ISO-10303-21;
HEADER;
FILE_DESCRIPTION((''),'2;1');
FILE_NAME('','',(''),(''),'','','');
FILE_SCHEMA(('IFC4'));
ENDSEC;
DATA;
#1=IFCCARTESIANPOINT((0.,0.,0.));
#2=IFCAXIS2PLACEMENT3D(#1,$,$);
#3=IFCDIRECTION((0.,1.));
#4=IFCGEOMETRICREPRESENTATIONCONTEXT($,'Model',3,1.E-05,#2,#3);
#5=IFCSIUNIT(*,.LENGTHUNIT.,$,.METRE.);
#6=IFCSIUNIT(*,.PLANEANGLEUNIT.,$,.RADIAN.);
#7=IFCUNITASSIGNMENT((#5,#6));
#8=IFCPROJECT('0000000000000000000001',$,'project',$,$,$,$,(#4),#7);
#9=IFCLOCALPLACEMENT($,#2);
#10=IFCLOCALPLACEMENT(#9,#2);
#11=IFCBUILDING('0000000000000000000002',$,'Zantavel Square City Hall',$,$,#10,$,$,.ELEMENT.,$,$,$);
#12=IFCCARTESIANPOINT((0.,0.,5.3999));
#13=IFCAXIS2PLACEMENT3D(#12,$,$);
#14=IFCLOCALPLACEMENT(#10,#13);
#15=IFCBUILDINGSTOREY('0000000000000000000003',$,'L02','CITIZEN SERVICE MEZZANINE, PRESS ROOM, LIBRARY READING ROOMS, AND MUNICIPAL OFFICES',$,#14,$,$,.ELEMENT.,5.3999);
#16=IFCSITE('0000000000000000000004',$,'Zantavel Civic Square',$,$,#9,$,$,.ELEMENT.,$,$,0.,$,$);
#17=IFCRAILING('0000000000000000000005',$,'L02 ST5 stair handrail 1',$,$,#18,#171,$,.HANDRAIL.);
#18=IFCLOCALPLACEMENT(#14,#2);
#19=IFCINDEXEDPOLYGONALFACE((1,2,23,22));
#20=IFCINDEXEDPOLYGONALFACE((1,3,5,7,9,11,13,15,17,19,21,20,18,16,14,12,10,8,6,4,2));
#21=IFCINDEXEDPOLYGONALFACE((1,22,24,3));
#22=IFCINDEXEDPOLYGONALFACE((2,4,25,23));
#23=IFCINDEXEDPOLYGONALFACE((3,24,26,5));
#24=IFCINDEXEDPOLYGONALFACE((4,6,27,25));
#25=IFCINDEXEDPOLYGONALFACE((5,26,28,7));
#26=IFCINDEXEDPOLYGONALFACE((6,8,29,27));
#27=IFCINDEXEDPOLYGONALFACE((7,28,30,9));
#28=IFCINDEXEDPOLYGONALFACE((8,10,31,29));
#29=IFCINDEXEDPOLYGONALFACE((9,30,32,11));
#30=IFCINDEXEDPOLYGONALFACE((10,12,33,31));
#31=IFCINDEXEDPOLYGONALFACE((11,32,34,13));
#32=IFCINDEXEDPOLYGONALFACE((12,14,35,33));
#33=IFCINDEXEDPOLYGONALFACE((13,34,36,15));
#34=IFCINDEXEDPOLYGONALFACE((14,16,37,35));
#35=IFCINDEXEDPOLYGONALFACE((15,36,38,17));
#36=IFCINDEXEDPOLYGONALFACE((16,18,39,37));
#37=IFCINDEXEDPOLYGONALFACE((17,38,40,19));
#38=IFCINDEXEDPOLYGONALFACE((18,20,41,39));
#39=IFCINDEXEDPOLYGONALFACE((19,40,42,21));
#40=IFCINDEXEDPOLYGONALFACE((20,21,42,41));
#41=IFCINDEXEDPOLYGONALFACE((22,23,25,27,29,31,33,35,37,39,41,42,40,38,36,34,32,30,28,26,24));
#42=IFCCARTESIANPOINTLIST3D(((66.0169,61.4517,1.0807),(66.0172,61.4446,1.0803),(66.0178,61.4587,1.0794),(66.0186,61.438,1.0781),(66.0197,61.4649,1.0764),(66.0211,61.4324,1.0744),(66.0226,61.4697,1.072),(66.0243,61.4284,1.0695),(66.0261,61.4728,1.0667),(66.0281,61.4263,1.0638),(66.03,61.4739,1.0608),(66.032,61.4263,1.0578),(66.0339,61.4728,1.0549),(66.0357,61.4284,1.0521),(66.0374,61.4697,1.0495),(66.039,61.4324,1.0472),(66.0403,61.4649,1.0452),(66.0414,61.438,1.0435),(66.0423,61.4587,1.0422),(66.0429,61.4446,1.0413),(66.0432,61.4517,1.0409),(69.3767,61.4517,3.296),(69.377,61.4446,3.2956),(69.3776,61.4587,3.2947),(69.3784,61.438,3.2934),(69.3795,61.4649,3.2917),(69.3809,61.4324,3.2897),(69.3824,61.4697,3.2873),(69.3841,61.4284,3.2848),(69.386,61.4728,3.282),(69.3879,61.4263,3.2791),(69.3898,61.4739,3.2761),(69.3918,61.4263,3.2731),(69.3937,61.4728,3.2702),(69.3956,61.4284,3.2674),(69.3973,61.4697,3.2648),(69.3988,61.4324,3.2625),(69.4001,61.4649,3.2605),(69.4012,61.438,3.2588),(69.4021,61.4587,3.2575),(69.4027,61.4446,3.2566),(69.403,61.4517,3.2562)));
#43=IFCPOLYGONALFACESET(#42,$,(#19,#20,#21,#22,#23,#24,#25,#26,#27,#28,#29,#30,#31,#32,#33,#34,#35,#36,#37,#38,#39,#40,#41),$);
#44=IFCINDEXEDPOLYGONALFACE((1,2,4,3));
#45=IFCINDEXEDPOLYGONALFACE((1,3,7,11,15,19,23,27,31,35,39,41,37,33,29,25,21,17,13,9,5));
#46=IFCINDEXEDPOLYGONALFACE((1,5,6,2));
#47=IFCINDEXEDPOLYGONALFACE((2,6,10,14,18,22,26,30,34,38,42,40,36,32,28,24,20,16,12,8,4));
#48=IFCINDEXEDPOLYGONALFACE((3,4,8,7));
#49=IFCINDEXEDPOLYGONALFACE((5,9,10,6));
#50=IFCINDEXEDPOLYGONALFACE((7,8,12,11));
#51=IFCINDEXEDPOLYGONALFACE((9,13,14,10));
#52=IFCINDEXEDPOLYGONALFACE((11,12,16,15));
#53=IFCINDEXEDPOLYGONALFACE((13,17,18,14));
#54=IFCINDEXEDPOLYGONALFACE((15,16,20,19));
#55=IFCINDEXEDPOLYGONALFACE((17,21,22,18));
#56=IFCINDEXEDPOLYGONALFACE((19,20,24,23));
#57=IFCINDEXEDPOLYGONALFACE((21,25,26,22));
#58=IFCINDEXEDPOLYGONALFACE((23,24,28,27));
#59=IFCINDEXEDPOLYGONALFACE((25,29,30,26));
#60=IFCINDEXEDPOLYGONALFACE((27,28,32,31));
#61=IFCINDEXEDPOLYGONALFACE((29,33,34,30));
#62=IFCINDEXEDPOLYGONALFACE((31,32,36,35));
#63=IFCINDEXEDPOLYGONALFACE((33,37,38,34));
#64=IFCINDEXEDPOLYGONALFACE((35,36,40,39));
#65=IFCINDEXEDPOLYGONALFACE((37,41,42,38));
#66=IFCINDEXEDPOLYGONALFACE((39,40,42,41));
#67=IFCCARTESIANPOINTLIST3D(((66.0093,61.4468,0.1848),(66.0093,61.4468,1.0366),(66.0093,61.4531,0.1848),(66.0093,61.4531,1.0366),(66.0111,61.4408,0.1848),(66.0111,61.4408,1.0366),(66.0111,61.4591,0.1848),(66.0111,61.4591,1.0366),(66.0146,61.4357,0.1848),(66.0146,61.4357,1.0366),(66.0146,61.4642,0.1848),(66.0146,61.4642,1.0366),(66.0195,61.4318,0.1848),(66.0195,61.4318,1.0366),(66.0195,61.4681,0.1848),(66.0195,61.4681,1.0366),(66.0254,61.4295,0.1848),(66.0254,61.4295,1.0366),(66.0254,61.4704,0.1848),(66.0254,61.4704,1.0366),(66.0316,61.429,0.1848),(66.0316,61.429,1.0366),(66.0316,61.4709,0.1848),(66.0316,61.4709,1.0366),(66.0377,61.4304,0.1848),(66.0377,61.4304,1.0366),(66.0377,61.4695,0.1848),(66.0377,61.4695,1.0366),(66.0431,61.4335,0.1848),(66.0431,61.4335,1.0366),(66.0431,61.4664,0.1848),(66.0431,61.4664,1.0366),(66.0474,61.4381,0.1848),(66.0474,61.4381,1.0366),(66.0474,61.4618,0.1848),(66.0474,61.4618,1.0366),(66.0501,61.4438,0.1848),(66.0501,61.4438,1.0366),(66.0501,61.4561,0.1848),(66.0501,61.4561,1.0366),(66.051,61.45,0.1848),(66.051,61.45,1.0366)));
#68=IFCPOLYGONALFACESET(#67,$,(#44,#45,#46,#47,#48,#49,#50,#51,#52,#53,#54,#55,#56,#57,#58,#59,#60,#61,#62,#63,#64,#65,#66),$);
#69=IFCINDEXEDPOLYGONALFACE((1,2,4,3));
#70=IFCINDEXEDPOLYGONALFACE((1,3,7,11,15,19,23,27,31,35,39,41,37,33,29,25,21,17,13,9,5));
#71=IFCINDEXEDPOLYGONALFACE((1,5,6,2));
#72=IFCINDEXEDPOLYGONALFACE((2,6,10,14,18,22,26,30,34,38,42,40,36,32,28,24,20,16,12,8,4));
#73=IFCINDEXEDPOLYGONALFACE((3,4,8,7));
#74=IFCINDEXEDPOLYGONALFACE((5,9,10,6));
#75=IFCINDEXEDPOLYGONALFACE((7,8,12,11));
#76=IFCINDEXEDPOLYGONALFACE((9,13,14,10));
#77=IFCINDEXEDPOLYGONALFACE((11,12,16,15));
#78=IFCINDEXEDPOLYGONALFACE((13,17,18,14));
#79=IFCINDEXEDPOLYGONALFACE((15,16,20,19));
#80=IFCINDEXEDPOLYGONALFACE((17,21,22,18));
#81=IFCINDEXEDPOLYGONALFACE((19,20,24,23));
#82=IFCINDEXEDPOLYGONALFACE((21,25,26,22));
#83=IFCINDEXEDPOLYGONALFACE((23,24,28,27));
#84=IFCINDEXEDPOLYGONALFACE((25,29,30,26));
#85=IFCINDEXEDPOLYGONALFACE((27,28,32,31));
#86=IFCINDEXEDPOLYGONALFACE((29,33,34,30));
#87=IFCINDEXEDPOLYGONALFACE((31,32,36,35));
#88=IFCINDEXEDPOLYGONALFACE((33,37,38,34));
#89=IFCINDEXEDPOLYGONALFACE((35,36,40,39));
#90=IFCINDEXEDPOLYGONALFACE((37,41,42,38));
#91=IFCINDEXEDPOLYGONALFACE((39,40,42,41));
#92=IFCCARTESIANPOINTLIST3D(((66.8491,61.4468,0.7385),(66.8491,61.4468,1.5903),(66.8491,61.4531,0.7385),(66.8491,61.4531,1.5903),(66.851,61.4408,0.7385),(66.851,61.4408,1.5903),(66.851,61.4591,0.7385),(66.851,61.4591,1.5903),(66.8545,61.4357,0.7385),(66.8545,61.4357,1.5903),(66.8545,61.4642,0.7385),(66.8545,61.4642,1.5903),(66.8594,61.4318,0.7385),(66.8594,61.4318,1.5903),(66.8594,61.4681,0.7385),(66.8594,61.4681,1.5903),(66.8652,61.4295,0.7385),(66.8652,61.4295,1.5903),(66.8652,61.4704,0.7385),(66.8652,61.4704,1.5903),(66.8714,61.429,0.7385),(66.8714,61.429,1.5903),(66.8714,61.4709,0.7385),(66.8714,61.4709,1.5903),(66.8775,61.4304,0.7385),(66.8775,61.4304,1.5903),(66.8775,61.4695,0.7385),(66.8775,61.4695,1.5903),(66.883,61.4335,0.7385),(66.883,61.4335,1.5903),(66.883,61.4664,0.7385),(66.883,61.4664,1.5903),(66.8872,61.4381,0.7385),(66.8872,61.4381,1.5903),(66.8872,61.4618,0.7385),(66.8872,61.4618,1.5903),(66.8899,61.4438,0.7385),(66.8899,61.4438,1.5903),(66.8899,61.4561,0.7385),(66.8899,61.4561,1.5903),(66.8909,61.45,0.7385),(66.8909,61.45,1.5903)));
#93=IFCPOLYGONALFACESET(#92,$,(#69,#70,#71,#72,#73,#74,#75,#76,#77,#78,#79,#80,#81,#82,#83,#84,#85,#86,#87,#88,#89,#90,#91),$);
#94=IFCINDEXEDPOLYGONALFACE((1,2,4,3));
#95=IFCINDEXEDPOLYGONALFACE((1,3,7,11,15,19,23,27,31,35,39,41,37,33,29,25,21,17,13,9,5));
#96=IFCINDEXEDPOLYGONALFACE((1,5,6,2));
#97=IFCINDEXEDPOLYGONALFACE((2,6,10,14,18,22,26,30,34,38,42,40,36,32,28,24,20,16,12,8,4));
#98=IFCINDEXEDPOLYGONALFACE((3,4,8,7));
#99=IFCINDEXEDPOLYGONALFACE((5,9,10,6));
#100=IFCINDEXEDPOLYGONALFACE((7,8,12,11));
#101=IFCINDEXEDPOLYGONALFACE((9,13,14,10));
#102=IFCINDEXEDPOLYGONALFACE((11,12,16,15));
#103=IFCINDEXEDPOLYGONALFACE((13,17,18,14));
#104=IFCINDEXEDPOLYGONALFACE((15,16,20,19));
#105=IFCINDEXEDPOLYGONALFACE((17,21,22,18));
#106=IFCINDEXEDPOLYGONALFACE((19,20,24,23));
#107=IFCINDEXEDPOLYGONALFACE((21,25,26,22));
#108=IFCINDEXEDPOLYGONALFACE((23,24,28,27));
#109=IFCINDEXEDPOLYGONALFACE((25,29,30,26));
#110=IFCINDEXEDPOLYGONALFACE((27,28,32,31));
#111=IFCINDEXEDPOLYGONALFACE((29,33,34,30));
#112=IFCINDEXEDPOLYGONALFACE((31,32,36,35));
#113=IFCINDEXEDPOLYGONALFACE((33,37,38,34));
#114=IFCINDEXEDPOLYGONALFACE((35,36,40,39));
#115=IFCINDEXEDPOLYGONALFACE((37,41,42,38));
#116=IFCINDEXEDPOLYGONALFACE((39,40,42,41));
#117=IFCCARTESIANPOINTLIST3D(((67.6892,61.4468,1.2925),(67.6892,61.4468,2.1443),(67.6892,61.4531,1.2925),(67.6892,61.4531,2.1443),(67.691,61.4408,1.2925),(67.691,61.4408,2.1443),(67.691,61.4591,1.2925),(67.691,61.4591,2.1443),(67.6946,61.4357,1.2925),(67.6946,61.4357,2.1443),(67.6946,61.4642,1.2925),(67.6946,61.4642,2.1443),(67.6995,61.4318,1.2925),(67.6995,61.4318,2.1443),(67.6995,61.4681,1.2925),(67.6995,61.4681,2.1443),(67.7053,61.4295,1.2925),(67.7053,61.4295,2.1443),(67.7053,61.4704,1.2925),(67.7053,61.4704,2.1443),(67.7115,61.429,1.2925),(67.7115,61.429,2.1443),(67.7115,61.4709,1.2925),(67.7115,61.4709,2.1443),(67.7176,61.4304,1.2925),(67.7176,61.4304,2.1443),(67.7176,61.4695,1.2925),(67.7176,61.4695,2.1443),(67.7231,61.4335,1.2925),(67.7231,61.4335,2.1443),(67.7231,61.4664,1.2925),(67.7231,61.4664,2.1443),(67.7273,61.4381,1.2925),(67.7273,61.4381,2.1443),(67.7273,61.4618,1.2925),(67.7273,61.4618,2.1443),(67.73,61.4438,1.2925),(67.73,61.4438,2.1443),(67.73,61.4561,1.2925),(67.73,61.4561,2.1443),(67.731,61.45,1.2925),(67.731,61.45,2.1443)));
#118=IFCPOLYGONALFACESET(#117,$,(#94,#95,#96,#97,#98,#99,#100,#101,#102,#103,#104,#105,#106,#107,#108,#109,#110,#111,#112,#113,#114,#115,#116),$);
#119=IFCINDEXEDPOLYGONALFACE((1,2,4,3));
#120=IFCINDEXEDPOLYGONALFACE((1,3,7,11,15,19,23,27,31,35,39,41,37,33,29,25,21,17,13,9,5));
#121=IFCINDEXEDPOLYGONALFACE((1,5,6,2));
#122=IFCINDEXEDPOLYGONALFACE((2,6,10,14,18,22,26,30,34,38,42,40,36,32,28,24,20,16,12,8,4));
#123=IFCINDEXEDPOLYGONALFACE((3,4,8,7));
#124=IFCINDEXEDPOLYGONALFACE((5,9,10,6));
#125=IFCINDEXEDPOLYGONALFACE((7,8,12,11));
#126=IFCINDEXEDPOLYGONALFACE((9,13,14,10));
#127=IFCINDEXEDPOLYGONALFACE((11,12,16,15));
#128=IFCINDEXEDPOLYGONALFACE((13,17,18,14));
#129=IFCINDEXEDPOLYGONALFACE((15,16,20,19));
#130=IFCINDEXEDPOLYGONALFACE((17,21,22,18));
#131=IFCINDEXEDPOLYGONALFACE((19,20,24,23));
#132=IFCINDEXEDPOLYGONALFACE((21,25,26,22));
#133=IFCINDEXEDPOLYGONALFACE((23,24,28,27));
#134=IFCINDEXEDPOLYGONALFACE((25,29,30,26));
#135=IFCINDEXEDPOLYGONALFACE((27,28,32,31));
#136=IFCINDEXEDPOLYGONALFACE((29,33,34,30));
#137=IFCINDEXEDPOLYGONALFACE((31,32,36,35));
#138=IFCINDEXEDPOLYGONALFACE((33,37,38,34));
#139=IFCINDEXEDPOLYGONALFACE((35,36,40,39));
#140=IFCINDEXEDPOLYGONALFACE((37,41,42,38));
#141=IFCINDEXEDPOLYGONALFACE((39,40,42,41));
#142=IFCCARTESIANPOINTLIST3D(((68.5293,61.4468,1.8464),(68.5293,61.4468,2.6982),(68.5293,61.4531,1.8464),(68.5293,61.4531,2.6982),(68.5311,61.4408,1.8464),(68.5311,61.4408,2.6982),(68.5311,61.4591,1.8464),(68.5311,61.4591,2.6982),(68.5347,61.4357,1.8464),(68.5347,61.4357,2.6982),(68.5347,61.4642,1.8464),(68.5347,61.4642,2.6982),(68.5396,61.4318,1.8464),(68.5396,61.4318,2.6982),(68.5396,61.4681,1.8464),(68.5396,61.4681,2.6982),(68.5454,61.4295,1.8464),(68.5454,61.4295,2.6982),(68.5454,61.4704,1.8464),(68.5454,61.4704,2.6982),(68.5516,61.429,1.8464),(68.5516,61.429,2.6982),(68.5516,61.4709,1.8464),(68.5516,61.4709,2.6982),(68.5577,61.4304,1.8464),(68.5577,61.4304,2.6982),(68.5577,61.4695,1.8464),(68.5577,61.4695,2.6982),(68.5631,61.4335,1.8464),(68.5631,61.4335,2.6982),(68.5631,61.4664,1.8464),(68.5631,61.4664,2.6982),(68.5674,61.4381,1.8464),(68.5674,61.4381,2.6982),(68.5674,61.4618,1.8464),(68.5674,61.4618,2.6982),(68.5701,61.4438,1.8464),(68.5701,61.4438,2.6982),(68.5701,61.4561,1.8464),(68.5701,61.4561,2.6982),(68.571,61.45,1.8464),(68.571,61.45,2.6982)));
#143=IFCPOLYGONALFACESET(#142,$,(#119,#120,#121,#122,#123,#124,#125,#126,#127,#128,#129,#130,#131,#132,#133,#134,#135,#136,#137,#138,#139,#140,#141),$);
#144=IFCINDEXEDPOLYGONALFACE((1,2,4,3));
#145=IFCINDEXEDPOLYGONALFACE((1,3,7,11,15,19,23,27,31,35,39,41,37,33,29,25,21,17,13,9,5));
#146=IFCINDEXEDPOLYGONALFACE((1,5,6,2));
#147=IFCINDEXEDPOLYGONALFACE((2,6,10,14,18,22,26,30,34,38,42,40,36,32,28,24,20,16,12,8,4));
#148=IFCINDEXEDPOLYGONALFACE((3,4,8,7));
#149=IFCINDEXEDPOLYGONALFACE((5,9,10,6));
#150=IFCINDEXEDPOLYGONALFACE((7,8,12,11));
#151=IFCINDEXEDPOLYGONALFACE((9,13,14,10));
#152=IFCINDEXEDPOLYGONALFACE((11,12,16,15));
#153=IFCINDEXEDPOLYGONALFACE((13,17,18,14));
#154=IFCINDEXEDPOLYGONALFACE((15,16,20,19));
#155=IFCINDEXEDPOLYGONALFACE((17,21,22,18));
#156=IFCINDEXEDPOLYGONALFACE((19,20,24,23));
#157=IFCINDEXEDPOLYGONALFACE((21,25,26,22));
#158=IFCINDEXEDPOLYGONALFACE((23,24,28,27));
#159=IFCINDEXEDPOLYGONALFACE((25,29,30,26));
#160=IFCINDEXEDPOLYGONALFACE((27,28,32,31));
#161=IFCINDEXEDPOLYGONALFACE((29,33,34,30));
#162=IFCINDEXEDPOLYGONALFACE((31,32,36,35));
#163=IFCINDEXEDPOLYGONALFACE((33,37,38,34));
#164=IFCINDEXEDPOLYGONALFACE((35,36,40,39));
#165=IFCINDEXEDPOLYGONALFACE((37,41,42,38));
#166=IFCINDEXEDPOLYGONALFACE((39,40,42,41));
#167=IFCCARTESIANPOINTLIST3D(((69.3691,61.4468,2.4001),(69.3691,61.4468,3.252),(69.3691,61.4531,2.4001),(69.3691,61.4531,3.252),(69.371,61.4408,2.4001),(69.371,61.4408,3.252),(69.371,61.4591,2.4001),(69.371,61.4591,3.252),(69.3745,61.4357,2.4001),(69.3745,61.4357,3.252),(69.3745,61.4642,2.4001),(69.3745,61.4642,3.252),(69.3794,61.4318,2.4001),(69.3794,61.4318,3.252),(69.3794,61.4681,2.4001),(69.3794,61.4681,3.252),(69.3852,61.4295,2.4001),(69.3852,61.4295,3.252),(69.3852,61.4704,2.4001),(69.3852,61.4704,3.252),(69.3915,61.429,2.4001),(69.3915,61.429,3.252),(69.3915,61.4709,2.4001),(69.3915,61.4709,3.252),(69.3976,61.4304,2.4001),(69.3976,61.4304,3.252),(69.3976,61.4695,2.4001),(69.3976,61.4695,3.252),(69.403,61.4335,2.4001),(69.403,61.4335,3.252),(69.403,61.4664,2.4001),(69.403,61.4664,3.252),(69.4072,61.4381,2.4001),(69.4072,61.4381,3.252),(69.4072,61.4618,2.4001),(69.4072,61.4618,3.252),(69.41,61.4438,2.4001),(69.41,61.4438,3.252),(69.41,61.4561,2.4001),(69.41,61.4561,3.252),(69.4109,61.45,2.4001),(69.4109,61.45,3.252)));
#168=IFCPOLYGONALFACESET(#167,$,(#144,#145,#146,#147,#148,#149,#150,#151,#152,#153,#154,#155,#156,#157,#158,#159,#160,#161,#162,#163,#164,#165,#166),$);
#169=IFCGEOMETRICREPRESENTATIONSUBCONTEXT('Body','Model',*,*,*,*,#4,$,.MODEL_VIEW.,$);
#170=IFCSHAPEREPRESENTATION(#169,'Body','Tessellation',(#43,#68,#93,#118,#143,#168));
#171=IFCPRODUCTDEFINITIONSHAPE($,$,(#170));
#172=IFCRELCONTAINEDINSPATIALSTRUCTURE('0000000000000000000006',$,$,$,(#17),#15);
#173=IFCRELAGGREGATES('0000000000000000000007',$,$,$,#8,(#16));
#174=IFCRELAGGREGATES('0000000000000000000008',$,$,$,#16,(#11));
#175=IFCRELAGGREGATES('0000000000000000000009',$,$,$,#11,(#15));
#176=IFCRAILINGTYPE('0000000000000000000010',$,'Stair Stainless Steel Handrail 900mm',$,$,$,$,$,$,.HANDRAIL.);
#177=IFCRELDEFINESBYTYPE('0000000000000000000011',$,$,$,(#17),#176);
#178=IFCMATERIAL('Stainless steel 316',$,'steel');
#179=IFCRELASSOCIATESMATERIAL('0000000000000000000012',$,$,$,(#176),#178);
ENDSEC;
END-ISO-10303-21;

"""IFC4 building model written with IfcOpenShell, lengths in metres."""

from ifc_helpers import new_model, si_unit, direction, frame, origin, origin_2d, place, context, subcontext, project, spatial, circle, extrude, material, type_object, element, save


model = new_model("IFC4")

# Units and contexts
model_context = context("Model", 3, precision=1e-05, world=origin(), true_north=direction((0.0, 1.0)))
body_context = subcontext(model_context, "Body", "Model", "MODEL_VIEW")
ifc_project = project(units=[si_unit("LENGTHUNIT", "METRE"), si_unit("PLANEANGLEUNIT", "RADIAN")], contexts=[model_context])

# Site, building, storey
site_placement = place(None, origin())
site = spatial("IfcSite", under=ifc_project, at=site_placement, Name="Zantavel Civic Square", CompositionType="ELEMENT", RefElevation=0.0)
building_placement = place(site_placement, origin())
building = spatial("IfcBuilding", under=site, at=building_placement, Name="Zantavel Square City Hall", CompositionType="ELEMENT")
storey_placement = place(building_placement, frame((0.0, 0.0, 5.3999)))
storey = spatial("IfcBuildingStorey", under=building, at=storey_placement, Name="L02", Description="CITIZEN SERVICE MEZZANINE, PRESS ROOM, LIBRARY READING ROOMS, AND MUNICIPAL OFFICES", CompositionType="ELEMENT", Elevation=5.3999)

# Railing
ifc_material_1 = material(Name="Stainless steel 316", Category="steel")
railing_type_1 = type_object("IfcRailingType", Name="Stair Stainless Steel Handrail 900mm", PredefinedType="HANDRAIL", material=ifc_material_1)
railing_1_placement = place(storey_placement, frame((66.03, 61.45, 0.1848)))
element("IfcRailing", 1, at=railing_1_placement, inside=storey, type_object=railing_type_1, Name="L02 ST5 stair handrail 1", PredefinedType="HANDRAIL", context=body_context, shape_type="SweptSolid", body=[
    extrude(circle(Radius=0.0239, at=origin_2d()), frame((0.0, 0.0, 0.876), z_axis=(0.834858, 0.0, 0.550465), x_axis=(0.0, 1.0, 0.0)), (0.0, 0.0, 1.0), 4.0244),
    extrude(circle(Radius=0.021, at=origin_2d()), origin(), (0.0, 0.0, 1.0), 0.8518),
    extrude(circle(Radius=0.021, at=origin_2d()), frame((0.8398, 0.0, 0.5537)), (0.0, 0.0, 1.0), 0.8518),
    extrude(circle(Radius=0.021, at=origin_2d()), frame((1.6799, 0.0, 1.1077)), (0.0, 0.0, 1.0), 0.8518),
    extrude(circle(Radius=0.021, at=origin_2d()), frame((2.52, 0.0, 1.6616)), (0.0, 0.0, 1.0), 0.8518),
    extrude(circle(Radius=0.021, at=origin_2d()), frame((3.3599, 0.0, 2.2153)), (0.0, 0.0, 1.0), 0.8518),
])

save(model, "model.ifc")
